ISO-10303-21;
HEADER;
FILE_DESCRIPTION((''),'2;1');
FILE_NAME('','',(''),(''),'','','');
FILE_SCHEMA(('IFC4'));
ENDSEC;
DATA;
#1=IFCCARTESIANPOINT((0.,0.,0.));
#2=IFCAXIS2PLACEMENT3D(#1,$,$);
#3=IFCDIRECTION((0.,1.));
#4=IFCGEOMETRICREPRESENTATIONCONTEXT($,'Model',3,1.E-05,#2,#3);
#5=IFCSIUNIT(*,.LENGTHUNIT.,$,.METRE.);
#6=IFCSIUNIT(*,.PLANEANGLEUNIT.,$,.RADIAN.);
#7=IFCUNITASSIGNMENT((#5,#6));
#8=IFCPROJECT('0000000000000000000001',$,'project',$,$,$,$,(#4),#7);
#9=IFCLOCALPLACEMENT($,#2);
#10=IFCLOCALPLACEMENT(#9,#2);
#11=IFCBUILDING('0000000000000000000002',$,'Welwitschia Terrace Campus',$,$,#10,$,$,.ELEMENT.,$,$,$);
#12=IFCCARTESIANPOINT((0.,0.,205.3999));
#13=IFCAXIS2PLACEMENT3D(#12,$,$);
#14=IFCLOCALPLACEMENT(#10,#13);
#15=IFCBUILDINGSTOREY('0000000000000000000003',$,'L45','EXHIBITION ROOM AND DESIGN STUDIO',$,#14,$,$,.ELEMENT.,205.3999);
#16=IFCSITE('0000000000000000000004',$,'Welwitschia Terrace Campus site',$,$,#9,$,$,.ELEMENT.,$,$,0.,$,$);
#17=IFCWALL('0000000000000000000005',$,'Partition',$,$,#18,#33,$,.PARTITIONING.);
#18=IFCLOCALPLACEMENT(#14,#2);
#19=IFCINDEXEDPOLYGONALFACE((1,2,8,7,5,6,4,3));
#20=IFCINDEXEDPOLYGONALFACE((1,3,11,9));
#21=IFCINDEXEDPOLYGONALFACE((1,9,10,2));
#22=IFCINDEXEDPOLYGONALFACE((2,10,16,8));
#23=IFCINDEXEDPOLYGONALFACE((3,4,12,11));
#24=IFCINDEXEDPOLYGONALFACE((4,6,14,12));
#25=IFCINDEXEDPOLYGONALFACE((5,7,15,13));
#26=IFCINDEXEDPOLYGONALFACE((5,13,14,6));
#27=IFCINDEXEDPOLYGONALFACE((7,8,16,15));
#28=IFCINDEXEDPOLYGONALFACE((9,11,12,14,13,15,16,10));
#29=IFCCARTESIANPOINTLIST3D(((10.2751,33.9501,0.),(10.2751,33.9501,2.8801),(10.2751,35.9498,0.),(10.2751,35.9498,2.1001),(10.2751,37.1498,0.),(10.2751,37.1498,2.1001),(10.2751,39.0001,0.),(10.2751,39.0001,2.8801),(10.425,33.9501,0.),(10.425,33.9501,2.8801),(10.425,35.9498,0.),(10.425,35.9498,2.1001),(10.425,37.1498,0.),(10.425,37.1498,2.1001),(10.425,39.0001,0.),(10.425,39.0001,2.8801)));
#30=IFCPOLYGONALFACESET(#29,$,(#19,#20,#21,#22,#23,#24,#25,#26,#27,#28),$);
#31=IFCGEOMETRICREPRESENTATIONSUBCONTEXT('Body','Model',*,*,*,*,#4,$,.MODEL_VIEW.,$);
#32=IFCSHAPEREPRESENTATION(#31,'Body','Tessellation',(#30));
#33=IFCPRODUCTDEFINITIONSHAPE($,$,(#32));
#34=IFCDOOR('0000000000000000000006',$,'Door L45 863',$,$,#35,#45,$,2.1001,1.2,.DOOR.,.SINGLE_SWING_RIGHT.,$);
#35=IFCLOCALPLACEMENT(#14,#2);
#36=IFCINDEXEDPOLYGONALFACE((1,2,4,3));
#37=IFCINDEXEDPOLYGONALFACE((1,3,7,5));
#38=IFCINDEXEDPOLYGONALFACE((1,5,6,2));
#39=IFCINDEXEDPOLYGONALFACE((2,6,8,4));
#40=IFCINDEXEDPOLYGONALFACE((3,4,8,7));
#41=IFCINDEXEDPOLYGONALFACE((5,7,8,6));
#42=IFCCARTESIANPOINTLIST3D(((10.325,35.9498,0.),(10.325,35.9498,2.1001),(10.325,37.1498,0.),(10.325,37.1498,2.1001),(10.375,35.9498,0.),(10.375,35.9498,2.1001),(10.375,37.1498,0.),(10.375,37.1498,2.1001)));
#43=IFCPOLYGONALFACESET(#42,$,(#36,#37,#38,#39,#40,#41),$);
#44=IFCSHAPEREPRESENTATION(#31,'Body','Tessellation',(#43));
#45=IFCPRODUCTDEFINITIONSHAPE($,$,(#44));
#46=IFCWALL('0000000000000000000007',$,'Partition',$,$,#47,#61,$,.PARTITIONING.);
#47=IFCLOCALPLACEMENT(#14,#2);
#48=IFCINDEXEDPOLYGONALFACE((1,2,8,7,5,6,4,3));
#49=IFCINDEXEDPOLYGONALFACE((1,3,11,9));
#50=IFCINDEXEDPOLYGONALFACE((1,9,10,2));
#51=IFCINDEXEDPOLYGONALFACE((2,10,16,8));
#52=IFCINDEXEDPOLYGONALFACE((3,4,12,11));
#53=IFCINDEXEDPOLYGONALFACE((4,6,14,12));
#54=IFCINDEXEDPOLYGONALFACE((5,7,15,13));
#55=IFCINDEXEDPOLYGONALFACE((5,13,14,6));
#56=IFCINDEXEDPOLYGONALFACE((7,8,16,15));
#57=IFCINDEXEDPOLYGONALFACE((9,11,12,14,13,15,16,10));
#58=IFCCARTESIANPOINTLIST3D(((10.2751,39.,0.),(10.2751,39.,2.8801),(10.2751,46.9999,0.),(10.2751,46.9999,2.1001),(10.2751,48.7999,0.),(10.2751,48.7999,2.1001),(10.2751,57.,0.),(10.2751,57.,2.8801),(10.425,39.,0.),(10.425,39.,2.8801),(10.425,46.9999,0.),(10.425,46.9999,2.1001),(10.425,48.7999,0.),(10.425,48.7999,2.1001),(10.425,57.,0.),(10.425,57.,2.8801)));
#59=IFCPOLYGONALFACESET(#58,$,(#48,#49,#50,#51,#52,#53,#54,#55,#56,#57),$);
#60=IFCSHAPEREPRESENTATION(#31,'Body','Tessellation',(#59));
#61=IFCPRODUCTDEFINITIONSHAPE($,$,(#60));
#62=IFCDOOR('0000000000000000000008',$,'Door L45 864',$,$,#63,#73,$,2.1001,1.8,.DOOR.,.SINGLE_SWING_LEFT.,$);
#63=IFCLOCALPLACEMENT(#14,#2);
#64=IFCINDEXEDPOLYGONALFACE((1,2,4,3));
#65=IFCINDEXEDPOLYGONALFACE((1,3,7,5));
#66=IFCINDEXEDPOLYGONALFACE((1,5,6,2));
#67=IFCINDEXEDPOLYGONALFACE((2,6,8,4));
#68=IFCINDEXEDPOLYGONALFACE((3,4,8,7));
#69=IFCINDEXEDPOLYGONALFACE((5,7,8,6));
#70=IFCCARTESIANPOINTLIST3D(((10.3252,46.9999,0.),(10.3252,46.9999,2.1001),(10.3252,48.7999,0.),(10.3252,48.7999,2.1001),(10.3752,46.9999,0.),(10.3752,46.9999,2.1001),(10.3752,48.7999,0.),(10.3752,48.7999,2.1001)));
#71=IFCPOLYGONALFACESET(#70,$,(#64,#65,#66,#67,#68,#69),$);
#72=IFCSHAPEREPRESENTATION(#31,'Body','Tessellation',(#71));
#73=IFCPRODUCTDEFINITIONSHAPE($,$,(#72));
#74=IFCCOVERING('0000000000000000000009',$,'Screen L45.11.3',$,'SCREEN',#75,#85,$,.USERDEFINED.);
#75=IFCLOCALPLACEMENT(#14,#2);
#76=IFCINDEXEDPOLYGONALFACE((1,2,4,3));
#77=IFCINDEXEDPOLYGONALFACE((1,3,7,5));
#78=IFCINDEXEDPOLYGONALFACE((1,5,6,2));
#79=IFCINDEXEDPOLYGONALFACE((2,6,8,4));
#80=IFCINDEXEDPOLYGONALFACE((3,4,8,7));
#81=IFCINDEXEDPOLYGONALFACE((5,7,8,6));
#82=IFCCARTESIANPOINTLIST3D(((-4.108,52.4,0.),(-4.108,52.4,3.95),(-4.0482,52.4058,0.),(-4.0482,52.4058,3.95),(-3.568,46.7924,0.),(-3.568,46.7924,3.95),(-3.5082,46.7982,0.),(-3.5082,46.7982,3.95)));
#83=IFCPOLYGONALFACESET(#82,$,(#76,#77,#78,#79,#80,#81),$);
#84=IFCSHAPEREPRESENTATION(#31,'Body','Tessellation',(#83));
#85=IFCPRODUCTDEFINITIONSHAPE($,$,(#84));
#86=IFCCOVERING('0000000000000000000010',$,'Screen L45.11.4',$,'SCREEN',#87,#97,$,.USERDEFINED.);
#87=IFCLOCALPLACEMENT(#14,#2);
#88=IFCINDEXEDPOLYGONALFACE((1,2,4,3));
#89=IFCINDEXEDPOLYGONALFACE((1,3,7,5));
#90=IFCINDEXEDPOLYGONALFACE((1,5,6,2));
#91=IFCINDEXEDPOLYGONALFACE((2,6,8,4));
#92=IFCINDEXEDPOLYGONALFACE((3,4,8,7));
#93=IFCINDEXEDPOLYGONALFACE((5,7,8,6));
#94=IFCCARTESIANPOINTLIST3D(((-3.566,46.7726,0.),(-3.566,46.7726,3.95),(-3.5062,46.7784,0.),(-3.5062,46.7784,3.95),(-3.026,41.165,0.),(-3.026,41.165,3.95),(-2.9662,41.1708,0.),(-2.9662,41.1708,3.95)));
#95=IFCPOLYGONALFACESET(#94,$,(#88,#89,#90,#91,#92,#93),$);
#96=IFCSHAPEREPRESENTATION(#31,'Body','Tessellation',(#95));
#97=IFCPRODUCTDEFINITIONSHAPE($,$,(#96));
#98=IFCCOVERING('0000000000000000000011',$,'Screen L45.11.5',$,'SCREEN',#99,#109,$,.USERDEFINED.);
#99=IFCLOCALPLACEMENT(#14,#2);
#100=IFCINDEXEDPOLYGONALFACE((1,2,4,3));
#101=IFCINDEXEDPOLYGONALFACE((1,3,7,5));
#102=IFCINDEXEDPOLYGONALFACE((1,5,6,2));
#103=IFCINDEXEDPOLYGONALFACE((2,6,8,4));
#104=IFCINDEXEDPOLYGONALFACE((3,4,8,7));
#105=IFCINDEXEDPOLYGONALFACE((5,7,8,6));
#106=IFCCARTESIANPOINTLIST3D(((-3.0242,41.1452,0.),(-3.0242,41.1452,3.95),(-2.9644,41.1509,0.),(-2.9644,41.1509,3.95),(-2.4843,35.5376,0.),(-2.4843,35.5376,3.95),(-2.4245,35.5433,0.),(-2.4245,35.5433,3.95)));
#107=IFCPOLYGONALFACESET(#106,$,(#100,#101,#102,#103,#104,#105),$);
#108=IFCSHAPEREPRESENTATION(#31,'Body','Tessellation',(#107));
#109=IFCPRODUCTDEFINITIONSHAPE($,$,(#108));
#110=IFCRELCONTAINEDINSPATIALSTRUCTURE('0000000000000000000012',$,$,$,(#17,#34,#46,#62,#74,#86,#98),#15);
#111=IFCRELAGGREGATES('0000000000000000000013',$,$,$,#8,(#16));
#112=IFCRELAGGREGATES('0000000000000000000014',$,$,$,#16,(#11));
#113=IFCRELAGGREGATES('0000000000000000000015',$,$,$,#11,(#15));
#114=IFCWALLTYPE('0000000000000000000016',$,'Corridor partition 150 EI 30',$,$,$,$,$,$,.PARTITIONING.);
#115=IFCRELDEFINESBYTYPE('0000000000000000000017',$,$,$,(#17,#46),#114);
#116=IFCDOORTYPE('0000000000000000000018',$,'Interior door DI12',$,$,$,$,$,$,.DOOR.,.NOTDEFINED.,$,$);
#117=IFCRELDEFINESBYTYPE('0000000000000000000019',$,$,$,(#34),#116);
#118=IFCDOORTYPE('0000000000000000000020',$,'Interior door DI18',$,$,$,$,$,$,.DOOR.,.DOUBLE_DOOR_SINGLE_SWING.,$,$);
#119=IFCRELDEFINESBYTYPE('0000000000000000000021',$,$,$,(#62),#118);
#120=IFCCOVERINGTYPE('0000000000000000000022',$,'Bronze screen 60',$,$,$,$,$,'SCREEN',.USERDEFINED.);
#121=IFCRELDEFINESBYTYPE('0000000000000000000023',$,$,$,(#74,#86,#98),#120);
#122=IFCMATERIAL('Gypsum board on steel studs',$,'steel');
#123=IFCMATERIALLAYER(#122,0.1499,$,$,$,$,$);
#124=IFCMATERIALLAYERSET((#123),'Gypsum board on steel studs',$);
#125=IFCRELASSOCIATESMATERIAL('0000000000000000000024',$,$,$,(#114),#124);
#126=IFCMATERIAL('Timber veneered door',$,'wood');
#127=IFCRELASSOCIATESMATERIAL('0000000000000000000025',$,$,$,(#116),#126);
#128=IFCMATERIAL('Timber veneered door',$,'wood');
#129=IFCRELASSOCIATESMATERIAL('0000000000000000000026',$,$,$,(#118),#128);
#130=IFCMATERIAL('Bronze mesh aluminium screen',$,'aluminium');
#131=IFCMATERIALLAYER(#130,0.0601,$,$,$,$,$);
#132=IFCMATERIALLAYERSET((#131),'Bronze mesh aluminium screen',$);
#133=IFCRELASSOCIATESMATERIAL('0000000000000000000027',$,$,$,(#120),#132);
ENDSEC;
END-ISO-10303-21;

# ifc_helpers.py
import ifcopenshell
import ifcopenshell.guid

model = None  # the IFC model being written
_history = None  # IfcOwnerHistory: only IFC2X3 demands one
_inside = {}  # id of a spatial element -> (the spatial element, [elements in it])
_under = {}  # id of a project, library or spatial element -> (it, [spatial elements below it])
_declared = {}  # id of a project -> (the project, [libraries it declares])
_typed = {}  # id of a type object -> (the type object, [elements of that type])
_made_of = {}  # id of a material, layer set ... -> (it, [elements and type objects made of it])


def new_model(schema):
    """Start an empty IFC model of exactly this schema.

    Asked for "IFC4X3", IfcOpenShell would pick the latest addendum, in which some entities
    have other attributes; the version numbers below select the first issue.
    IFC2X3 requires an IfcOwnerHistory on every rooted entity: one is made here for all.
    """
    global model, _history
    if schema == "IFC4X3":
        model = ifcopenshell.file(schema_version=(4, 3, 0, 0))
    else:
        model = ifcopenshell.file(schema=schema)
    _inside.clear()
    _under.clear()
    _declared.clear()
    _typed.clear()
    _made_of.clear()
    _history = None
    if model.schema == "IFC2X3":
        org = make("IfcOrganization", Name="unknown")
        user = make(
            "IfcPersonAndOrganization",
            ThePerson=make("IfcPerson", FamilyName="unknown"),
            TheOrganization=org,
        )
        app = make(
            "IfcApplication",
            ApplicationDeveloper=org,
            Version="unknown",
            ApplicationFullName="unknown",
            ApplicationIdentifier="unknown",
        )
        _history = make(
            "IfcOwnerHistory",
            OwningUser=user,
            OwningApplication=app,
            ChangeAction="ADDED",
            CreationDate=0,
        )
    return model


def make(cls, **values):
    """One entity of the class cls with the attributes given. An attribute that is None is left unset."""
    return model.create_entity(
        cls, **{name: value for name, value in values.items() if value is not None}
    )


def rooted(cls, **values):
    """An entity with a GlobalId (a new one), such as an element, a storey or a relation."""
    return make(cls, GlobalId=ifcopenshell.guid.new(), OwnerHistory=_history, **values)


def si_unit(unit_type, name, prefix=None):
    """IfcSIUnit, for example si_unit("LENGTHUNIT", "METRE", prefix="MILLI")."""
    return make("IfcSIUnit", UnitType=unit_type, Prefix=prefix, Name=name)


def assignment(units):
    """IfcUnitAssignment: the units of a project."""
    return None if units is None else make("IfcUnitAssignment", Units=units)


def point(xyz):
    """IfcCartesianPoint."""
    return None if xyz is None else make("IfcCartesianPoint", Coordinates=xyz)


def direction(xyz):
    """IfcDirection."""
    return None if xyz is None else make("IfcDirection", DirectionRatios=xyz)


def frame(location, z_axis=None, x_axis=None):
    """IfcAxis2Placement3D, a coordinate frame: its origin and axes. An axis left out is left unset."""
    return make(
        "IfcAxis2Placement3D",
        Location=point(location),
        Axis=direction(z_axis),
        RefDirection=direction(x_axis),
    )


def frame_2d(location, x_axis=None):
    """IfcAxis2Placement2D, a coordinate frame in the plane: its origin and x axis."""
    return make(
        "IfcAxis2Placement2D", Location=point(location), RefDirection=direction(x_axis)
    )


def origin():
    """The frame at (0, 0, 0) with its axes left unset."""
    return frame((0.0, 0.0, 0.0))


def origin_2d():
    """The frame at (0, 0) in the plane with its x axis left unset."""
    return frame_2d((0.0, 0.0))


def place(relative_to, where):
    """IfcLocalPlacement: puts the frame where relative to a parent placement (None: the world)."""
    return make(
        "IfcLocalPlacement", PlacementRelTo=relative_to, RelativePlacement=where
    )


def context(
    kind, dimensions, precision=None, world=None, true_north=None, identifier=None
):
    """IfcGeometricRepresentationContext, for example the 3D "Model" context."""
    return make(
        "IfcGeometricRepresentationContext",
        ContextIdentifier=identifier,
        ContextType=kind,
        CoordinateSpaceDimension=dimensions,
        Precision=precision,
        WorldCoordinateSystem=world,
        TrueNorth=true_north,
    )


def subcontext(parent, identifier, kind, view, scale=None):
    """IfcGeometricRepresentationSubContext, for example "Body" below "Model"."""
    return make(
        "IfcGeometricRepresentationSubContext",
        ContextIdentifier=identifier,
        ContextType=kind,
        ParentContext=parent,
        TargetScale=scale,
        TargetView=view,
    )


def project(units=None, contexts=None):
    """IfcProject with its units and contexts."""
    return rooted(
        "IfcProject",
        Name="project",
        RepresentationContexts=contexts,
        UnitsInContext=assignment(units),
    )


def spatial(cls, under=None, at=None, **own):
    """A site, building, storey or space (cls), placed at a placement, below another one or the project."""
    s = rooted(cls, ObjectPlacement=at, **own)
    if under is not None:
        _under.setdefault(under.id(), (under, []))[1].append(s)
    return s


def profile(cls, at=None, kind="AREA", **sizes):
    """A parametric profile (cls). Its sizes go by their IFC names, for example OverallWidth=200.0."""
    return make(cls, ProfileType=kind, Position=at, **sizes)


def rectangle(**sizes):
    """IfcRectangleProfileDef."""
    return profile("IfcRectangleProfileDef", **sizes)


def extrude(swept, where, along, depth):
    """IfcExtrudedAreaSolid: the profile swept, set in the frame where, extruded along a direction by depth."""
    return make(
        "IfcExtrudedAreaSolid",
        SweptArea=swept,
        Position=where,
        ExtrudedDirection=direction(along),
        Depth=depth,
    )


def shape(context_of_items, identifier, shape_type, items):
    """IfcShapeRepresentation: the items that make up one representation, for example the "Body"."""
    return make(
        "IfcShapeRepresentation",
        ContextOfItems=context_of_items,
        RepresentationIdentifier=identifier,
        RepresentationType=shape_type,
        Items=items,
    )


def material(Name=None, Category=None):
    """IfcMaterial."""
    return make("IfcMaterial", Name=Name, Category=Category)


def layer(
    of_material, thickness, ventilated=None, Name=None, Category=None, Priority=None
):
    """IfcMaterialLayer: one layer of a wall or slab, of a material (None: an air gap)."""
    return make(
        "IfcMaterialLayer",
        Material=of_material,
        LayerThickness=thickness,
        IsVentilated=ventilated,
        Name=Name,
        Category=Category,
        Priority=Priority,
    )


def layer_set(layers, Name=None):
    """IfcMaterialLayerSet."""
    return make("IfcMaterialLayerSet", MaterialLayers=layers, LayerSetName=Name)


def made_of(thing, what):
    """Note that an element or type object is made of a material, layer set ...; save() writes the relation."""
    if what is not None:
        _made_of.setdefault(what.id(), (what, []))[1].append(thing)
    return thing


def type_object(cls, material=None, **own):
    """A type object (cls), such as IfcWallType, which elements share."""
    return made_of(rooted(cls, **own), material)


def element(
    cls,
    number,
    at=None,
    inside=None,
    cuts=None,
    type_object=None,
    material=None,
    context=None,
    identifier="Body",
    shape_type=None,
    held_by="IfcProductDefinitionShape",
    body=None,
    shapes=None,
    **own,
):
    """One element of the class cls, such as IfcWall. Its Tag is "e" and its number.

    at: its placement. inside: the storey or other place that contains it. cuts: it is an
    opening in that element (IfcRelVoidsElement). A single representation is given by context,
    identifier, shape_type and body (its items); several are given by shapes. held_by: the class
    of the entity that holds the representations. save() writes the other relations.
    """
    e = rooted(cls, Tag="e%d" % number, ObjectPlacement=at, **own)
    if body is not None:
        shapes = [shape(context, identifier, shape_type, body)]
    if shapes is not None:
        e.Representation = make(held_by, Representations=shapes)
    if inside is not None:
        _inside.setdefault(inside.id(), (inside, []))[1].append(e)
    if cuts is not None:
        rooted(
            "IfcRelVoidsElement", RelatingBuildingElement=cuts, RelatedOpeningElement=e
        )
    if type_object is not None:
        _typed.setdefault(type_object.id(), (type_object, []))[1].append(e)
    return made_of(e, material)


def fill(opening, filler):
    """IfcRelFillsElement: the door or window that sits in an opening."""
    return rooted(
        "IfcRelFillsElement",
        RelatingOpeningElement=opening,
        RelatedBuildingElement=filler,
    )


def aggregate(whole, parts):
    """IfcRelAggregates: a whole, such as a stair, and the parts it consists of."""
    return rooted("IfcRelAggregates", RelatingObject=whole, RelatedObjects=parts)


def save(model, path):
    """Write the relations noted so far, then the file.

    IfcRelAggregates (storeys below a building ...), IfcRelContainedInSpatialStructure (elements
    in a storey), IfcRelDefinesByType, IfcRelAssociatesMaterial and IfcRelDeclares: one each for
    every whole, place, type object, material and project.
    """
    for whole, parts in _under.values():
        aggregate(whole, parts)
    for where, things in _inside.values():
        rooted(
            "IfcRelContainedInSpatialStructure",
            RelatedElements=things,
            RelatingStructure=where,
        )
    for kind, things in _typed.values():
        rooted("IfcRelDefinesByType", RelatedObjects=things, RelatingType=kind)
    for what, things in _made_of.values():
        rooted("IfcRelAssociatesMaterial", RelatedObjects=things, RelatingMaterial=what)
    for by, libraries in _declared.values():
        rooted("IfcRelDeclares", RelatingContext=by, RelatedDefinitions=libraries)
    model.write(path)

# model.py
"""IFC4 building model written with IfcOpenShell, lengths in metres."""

from ifc_helpers import new_model, si_unit, direction, frame, frame_2d, origin, origin_2d, place, context, subcontext, project, spatial, rectangle, extrude, material, layer, layer_set, type_object, element, fill, save


model = new_model("IFC4")

# Units and contexts
model_context = context("Model", 3, precision=1e-05, world=origin(), true_north=direction((0.0, 1.0)))
body_context = subcontext(model_context, "Body", "Model", "MODEL_VIEW")
ifc_project = project(units=[si_unit("LENGTHUNIT", "METRE"), si_unit("PLANEANGLEUNIT", "RADIAN")], contexts=[model_context])

# Site, building, storey
site_placement = place(None, origin())
site = spatial("IfcSite", under=ifc_project, at=site_placement, Name="Welwitschia Terrace Campus site", CompositionType="ELEMENT", RefElevation=0.0)
building_placement = place(site_placement, origin())
building = spatial("IfcBuilding", under=site, at=building_placement, Name="Welwitschia Terrace Campus", CompositionType="ELEMENT")
storey_placement = place(building_placement, frame((0.0, 0.0, 205.3999)))
storey = spatial("IfcBuildingStorey", under=building, at=storey_placement, Name="L45", Description="EXHIBITION ROOM AND DESIGN STUDIO", CompositionType="ELEMENT", Elevation=205.3999)

# Shared definitions
ifc_material_1 = material(Name="Gypsum board on steel studs", Category="steel")
ifc_layer_1 = layer(ifc_material_1, 0.1499)
ifc_layer_set_1 = layer_set([ifc_layer_1], Name="Gypsum board on steel studs")
wall_type = type_object("IfcWallType", Name="Corridor partition 150 EI 30", PredefinedType="PARTITIONING", material=ifc_layer_set_1)

# Walls, openings, doors
wall_1_placement = place(storey_placement, frame((10.3501, 39.0, 0.0), z_axis=(0.0, 0.0, 1.0), x_axis=(0.0, -1.0, 0.0)))
wall_1 = element("IfcWall", 1, at=wall_1_placement, inside=storey, type_object=wall_type, Name="Partition", PredefinedType="PARTITIONING", context=body_context, shape_type="SweptSolid", body=[
    extrude(rectangle(XDim=5.05, YDim=0.1499, at=frame_2d((2.5249, 0.0))), origin(), (0.0, 0.0, 1.0), 2.8801),
])
opening_1_placement = place(wall_1_placement, frame((1.8501, 0.0, 0.0)))
opening_1 = element("IfcOpeningElement", 2, at=opening_1_placement, cuts=wall_1, PredefinedType="OPENING", context=body_context, shape_type="SweptSolid", body=[
    extrude(rectangle(XDim=1.2, YDim=2.1001, at=frame_2d((0.6001, 1.05))), frame((0.0, 0.085, 0.0), z_axis=(0.0, -1.0, 0.0), x_axis=(1.0, 0.0, 0.0)), (0.0, 0.0, 1.0), 0.1699),
])
ifc_material_2 = material(Name="Timber veneered door", Category="wood")
door_type_1 = type_object("IfcDoorType", Name="Interior door DI12", OperationType="NOTDEFINED", PredefinedType="DOOR", material=ifc_material_2)
door_1_placement = place(opening_1_placement, origin())
door_1 = element("IfcDoor", 3, at=door_1_placement, inside=storey, type_object=door_type_1, Name="Door L45 863", OperationType="SINGLE_SWING_RIGHT", OverallHeight=2.1001, OverallWidth=1.2, PredefinedType="DOOR", context=body_context, shape_type="SweptSolid", body=[
    extrude(rectangle(XDim=1.2, YDim=2.1001, at=frame_2d((0.6001, 1.05))), frame((0.0, 0.0249, 0.0), z_axis=(0.0, -1.0, 0.0), x_axis=(1.0, 0.0, 0.0)), (0.0, 0.0, 1.0), 0.05),
])
fill(opening_1, door_1)
wall_2_placement = place(storey_placement, frame((10.3501, 39.0, 0.0), z_axis=(0.0, 0.0, 1.0), x_axis=(0.0, 1.0, 0.0)))
wall_2 = element("IfcWall", 4, at=wall_2_placement, inside=storey, type_object=wall_type, Name="Partition", PredefinedType="PARTITIONING", context=body_context, shape_type="SweptSolid", body=[
    extrude(rectangle(XDim=18.0, YDim=0.1499, at=frame_2d((9.0, 0.0))), origin(), (0.0, 0.0, 1.0), 2.8801),
])
opening_2_placement = place(wall_2_placement, frame((8.0, 0.0, 0.0)))
opening_2 = element("IfcOpeningElement", 5, at=opening_2_placement, cuts=wall_2, PredefinedType="OPENING", context=body_context, shape_type="SweptSolid", body=[
    extrude(rectangle(XDim=1.8, YDim=2.1001, at=frame_2d((0.8999, 1.05))), frame((0.0, 0.085, 0.0), z_axis=(0.0, -1.0, 0.0), x_axis=(1.0, 0.0, 0.0)), (0.0, 0.0, 1.0), 0.1699),
])
ifc_material_3 = material(Name="Timber veneered door", Category="wood")
door_type_2 = type_object("IfcDoorType", Name="Interior door DI18", OperationType="DOUBLE_DOOR_SINGLE_SWING", PredefinedType="DOOR", material=ifc_material_3)
door_2_placement = place(opening_2_placement, origin())
door_2 = element("IfcDoor", 6, at=door_2_placement, inside=storey, type_object=door_type_2, Name="Door L45 864", OperationType="SINGLE_SWING_LEFT", OverallHeight=2.1001, OverallWidth=1.8, PredefinedType="DOOR", context=body_context, shape_type="SweptSolid", body=[
    extrude(rectangle(XDim=1.8, YDim=2.1001, at=frame_2d((0.8999, 1.05))), frame((0.0, 0.0249, 0.0), z_axis=(0.0, -1.0, 0.0), x_axis=(1.0, 0.0, 0.0)), (0.0, 0.0, 1.0), 0.05),
])
fill(opening_2, door_2)

# Coverings
ifc_material_4 = material(Name="Bronze mesh aluminium screen", Category="aluminium")
ifc_layer_2 = layer(ifc_material_4, 0.0601)
ifc_layer_set_2 = layer_set([ifc_layer_2], Name="Bronze mesh aluminium screen")
covering_type = type_object("IfcCoveringType", Name="Bronze screen 60", ElementType="SCREEN", PredefinedType="USERDEFINED", material=ifc_layer_set_2)
for number, where, z_axis, x_axis, name in (
    (7, (-3.8081, 49.5991, 0.0), (0.0, 0.0, 1.0), (0.095846, -0.995396, 0.0), "Screen L45.11.3"),
    (8, (-3.2661, 43.9717, 0.0), (0.0, 0.0, 1.0), (0.095846, -0.995396, 0.0), "Screen L45.11.4"),
    (9, (-2.7244, 38.3442, 0.0), (0.0, 0.0, 1.0), (0.095846, -0.995396, 0.0), "Screen L45.11.5"),
):
    element("IfcCovering", number, at=place(storey_placement, frame(where, z_axis=z_axis, x_axis=x_axis)), inside=storey, type_object=covering_type, Name=name, ObjectType="SCREEN", PredefinedType="USERDEFINED", context=body_context, shape_type="SweptSolid", body=[
        extrude(rectangle(XDim=5.6335, YDim=0.0601, at=origin_2d()), origin(), (0.0, 0.0, 1.0), 3.95),
    ])

save(model, "model.ifc")
